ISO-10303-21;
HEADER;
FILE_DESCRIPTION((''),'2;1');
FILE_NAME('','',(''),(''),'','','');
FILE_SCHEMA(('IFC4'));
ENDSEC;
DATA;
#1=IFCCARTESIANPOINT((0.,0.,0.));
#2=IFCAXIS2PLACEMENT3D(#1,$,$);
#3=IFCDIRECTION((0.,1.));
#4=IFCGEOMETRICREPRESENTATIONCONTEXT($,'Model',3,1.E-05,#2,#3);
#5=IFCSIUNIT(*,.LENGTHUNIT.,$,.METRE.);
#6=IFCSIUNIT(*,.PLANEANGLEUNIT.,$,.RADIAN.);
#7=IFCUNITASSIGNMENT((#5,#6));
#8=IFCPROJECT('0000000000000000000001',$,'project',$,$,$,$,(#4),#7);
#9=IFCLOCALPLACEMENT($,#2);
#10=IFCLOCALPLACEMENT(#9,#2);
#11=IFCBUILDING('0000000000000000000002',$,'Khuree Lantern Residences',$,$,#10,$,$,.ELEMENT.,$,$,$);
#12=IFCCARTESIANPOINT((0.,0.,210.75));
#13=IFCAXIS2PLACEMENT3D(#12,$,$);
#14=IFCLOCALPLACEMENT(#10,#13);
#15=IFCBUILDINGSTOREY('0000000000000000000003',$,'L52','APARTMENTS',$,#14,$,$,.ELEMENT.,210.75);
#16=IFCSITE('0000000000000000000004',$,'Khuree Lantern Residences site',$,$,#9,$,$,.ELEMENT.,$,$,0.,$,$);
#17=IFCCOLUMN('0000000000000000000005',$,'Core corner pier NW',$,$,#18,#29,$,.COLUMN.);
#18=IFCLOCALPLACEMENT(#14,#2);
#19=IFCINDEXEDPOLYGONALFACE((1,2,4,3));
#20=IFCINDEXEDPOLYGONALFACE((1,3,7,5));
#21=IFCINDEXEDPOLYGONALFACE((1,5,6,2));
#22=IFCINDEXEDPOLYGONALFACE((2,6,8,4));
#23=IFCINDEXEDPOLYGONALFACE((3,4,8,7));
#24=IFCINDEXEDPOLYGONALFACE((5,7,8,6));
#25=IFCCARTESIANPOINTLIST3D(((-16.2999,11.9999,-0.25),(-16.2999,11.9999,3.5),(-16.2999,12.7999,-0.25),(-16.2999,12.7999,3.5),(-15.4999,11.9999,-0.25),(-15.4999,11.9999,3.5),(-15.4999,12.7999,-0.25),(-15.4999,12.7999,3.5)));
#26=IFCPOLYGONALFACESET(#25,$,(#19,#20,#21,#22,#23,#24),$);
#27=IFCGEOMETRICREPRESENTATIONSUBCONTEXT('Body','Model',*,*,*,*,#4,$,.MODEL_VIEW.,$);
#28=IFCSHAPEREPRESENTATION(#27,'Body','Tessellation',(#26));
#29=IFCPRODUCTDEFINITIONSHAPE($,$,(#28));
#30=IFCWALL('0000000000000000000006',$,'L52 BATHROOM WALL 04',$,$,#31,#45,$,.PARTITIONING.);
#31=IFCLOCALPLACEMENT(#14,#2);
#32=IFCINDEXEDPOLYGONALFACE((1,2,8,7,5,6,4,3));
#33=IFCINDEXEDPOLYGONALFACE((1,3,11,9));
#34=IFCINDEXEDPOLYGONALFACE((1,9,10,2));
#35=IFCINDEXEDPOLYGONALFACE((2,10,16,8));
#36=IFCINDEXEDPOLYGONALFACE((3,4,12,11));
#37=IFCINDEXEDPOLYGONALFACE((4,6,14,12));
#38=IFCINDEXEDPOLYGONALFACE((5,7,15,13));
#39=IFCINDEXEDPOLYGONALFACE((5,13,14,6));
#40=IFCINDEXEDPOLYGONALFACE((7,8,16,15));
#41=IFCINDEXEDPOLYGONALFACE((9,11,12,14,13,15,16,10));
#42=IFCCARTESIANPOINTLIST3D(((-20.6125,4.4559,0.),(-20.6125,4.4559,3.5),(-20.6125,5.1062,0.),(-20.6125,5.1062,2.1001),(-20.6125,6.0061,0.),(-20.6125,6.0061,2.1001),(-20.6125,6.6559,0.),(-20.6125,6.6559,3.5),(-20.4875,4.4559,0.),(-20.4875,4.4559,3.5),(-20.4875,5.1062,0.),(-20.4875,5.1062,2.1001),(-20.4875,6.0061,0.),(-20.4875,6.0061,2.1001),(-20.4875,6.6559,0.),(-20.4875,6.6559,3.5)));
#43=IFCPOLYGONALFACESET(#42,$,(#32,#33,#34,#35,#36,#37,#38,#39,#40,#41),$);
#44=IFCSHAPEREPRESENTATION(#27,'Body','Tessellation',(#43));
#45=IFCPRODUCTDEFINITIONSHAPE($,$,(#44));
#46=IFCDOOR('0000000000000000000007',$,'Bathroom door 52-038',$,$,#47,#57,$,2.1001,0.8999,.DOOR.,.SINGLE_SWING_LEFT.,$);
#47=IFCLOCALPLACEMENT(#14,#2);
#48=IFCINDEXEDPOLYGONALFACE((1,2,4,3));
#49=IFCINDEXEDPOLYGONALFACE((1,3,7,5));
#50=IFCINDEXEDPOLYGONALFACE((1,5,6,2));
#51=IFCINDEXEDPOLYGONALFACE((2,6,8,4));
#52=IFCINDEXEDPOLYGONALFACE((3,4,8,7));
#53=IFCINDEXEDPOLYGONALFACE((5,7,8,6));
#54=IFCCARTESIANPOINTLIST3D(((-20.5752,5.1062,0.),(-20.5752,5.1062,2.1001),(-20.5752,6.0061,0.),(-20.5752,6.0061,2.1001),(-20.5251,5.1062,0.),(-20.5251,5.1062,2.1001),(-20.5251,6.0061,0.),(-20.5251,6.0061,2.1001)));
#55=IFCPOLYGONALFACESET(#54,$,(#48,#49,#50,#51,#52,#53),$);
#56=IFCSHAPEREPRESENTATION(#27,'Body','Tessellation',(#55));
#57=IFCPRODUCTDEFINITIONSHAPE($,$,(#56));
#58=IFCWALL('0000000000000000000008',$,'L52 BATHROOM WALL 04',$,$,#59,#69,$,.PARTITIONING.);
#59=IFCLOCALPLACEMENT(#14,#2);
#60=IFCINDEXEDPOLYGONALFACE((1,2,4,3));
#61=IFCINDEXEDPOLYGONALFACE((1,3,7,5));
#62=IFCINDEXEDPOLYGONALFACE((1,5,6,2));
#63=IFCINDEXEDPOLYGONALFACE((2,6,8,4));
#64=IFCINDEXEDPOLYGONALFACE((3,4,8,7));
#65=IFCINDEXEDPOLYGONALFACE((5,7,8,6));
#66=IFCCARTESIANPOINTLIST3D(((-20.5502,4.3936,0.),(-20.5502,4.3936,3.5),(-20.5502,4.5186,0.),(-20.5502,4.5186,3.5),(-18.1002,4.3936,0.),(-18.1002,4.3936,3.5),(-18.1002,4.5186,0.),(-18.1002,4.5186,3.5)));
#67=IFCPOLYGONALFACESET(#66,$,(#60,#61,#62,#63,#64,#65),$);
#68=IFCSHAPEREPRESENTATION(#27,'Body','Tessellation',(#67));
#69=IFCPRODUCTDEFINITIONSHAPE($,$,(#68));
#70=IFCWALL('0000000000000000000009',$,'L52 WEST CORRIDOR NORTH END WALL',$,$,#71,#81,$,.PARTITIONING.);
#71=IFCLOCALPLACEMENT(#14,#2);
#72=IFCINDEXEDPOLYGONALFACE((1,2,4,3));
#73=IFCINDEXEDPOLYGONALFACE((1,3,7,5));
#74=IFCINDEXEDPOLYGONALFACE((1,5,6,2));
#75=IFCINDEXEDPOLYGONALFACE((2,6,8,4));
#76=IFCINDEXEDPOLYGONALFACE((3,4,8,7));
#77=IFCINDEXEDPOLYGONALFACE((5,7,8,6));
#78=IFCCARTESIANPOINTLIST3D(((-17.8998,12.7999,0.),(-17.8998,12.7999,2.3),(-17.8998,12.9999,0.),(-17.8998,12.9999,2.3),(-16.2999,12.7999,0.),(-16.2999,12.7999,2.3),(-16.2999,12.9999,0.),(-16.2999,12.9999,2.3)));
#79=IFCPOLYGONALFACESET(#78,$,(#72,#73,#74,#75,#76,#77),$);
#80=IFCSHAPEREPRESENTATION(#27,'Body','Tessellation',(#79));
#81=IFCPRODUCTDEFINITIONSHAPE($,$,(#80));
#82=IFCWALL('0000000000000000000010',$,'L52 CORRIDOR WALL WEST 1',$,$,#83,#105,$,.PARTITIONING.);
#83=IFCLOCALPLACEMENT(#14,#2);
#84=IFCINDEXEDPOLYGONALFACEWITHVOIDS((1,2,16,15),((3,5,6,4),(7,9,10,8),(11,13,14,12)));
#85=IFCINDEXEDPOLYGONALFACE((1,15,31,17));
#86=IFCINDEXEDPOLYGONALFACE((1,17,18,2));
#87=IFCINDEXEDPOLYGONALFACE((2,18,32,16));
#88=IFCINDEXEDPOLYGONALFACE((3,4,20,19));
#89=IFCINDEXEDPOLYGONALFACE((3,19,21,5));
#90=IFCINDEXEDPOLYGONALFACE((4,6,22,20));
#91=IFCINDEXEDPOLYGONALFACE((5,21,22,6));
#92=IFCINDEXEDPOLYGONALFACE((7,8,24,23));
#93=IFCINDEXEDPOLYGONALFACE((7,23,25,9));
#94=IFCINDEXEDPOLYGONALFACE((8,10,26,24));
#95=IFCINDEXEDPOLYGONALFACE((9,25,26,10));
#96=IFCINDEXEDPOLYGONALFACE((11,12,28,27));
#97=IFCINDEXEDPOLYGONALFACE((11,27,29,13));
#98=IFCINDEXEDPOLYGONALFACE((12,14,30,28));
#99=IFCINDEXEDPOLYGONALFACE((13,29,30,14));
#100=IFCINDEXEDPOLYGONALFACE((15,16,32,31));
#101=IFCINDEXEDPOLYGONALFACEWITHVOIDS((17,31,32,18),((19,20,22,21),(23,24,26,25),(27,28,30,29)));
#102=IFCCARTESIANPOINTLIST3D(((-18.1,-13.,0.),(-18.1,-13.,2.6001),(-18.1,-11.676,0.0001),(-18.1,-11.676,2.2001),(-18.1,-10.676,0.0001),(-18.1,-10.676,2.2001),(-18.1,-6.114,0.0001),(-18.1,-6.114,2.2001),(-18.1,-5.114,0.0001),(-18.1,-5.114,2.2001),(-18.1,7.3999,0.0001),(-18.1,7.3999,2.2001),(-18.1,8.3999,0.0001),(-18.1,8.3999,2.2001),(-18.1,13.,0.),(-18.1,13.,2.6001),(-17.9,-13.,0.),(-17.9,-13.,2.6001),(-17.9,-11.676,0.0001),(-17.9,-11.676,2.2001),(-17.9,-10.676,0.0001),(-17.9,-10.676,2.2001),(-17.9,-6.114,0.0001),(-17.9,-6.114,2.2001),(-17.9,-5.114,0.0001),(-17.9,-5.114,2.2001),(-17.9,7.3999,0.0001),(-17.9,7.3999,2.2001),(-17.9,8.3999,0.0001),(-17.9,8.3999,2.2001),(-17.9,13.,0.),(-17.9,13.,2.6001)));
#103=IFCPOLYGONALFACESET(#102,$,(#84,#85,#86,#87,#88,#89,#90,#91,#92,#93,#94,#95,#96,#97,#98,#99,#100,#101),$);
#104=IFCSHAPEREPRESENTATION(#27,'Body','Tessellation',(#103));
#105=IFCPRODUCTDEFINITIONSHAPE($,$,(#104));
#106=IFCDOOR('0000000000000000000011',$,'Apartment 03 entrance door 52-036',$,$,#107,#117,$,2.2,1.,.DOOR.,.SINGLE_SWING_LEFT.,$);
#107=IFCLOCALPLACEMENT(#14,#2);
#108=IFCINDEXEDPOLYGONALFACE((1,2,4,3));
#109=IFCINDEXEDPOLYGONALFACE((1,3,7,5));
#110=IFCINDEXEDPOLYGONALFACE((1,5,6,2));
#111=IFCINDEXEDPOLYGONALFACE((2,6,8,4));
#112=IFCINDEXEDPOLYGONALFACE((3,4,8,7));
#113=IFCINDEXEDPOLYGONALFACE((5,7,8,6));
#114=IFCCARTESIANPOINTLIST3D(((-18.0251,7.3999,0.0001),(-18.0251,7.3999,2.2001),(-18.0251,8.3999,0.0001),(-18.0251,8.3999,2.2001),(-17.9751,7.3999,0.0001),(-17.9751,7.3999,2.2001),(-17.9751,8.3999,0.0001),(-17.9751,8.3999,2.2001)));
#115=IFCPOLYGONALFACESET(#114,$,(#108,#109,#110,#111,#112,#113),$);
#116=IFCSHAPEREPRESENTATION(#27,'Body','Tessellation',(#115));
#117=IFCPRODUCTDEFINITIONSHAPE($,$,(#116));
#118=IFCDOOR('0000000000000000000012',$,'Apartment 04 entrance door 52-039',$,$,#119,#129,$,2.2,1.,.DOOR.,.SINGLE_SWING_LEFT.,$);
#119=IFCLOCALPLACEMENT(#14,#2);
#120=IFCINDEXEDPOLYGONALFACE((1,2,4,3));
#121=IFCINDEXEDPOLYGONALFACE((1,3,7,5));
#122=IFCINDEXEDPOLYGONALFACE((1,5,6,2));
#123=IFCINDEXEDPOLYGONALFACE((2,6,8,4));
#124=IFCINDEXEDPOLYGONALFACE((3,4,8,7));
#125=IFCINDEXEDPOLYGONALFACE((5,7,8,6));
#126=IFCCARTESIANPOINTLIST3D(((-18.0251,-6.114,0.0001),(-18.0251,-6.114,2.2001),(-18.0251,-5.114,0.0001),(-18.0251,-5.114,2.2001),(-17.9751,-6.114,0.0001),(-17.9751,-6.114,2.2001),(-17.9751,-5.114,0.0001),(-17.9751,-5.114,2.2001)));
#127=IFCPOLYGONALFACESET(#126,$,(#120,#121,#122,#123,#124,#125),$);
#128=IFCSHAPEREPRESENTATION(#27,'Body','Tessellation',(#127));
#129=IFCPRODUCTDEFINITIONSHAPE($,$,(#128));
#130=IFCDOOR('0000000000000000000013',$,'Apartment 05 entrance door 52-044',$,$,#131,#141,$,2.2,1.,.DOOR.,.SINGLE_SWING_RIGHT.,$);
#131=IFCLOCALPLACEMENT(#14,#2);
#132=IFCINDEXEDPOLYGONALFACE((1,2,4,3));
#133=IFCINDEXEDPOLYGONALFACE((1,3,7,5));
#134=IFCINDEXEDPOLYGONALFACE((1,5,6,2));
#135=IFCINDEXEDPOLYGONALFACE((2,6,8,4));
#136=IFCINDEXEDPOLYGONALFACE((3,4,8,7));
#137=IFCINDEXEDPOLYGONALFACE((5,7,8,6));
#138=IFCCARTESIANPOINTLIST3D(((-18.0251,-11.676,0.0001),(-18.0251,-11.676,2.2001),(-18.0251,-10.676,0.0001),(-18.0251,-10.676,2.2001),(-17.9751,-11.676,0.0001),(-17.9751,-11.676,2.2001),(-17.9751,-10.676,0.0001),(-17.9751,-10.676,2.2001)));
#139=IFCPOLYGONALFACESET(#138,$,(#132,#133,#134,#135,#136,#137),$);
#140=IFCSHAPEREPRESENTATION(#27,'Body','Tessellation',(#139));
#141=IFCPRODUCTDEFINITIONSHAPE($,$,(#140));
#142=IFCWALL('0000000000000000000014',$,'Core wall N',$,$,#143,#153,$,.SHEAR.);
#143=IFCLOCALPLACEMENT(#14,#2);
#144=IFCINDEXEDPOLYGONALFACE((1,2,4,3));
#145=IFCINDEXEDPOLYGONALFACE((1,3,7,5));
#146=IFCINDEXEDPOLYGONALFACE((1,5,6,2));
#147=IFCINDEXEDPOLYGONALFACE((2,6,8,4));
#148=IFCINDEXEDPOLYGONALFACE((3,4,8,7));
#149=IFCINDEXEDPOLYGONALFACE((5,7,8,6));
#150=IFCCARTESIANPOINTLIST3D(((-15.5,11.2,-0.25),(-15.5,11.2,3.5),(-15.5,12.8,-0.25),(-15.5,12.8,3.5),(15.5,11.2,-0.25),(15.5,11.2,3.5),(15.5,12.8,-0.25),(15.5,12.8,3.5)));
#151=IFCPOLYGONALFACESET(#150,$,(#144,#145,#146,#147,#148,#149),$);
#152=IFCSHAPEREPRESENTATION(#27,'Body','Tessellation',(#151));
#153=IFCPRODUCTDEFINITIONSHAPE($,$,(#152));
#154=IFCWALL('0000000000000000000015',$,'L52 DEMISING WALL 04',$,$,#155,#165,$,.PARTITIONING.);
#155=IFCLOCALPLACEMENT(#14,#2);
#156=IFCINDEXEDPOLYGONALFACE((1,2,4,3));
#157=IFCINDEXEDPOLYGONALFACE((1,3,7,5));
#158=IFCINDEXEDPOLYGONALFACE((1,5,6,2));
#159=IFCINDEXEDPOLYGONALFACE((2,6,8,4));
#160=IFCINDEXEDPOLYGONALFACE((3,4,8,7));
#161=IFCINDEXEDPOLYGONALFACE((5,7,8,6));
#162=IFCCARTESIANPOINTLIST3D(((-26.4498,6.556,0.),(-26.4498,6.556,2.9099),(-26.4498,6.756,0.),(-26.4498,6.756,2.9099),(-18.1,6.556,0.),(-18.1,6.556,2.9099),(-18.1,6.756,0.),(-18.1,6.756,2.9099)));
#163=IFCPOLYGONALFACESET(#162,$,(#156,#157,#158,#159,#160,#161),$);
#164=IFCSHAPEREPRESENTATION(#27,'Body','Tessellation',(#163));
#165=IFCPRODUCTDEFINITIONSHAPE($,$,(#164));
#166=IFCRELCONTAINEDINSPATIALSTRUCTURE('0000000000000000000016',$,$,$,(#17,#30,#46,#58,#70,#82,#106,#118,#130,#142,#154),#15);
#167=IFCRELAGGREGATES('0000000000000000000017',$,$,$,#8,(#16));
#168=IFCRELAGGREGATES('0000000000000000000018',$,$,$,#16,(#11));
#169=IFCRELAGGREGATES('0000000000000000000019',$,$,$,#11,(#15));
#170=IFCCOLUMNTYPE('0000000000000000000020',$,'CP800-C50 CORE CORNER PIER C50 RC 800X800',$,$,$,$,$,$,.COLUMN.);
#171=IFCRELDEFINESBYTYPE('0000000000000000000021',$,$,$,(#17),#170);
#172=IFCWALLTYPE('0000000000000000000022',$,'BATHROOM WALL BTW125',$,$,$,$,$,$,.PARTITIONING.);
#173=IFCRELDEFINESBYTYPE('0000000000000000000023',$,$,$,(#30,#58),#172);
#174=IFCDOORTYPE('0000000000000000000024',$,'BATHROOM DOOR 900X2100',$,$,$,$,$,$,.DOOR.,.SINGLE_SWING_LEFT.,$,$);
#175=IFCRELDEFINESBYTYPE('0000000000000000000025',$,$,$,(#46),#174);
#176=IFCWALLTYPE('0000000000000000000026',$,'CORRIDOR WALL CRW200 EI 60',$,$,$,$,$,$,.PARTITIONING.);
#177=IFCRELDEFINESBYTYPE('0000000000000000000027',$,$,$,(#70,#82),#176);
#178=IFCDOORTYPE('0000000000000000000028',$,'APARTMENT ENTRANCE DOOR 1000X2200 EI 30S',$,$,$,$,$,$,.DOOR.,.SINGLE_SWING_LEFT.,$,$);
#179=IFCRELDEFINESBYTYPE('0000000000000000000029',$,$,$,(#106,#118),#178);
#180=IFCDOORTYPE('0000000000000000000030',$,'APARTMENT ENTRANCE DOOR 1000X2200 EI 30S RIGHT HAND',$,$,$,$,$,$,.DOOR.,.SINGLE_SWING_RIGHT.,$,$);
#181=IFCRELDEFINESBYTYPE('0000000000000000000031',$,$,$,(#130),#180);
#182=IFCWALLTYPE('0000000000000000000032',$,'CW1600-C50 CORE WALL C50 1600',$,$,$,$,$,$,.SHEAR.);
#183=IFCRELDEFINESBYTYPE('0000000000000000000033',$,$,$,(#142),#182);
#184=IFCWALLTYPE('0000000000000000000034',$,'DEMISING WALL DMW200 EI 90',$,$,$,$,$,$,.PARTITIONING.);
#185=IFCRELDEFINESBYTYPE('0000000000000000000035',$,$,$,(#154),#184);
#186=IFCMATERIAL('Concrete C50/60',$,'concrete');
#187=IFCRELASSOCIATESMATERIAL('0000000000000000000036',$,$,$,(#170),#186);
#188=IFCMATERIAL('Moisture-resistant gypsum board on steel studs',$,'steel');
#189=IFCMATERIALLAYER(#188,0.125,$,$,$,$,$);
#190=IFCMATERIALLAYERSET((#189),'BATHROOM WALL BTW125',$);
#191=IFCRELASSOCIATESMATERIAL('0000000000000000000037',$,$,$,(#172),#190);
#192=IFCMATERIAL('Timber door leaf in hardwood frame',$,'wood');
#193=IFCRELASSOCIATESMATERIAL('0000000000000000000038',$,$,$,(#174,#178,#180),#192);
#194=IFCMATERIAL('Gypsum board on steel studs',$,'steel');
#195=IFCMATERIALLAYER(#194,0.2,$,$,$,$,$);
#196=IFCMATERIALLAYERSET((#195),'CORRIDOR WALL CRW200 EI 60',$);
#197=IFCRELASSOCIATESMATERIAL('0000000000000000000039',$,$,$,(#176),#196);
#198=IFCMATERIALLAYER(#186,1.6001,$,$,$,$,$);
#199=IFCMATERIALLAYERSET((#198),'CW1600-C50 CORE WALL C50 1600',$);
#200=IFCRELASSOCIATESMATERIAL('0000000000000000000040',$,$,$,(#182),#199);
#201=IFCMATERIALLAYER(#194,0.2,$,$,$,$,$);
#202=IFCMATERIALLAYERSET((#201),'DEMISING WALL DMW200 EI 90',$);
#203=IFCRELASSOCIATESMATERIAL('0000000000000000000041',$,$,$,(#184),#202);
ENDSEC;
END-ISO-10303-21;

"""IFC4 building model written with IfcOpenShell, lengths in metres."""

from ifc_helpers import new_model, si_unit, direction, frame, frame_2d, origin, origin_2d, place, context, subcontext, project, spatial, rectangle, extrude, material, layer, layer_set, material_profile, profile_set, type_object, element, fill, save


model = new_model("IFC4")

# Units and contexts
model_context = context("Model", 3, precision=1e-05, world=origin(), true_north=direction((0.0, 1.0)))
body_context = subcontext(model_context, "Body", "Model", "MODEL_VIEW")
ifc_project = project(units=[si_unit("LENGTHUNIT", "METRE"), si_unit("PLANEANGLEUNIT", "RADIAN")], contexts=[model_context])

# Site, building, storey
site_placement = place(None, origin())
site = spatial("IfcSite", under=ifc_project, at=site_placement, Name="Khuree Lantern Residences site", CompositionType="ELEMENT", RefElevation=0.0)
building_placement = place(site_placement, origin())
building = spatial("IfcBuilding", under=site, at=building_placement, Name="Khuree Lantern Residences", CompositionType="ELEMENT")
storey_placement = place(building_placement, frame((0.0, 0.0, 210.75)))
storey = spatial("IfcBuildingStorey", under=building, at=storey_placement, Name="L52", Description="APARTMENTS", CompositionType="ELEMENT", Elevation=210.75)

# Column
ifc_material_1 = material(Name="Concrete C50/60", Category="concrete")
ifc_material_profile = material_profile(ifc_material_1, rectangle(XDim=0.8, YDim=0.8, at=origin_2d()), Name="RC 800X800")
ifc_profile_set = profile_set([ifc_material_profile], Name="Concrete C50/60")
column_type = type_object("IfcColumnType", Name="CP800-C50 CORE CORNER PIER C50 RC 800X800", PredefinedType="COLUMN", material=ifc_profile_set)
column_placement = place(storey_placement, frame((-15.8999, 12.3999, -0.25), z_axis=(0.0, 0.0, 1.0), x_axis=(1.0, 0.0, 0.0)))
element("IfcColumn", 1, at=column_placement, inside=storey, type_object=column_type, Name="Core corner pier NW", PredefinedType="COLUMN", context=body_context, shape_type="SweptSolid", body=[
    extrude(rectangle(XDim=0.8, YDim=0.8, at=origin_2d()), origin(), (0.0, 0.0, 1.0), 3.75),
])

# Wall, opening, door
ifc_material_2 = material(Name="Moisture-resistant gypsum board on steel studs", Category="steel")
ifc_layer_1 = layer(ifc_material_2, 0.125)
ifc_layer_set_1 = layer_set([ifc_layer_1], Name="BATHROOM WALL BTW125")
wall_type_1 = type_object("IfcWallType", Name="BATHROOM WALL BTW125", PredefinedType="PARTITIONING", material=ifc_layer_set_1)
wall_1_placement = place(storey_placement, frame((-20.55, 6.656, 0.0), z_axis=(0.0, 0.0, 1.0), x_axis=(0.0, -1.0, 0.0)))
wall_1 = element("IfcWall", 2, at=wall_1_placement, inside=storey, type_object=wall_type_1, Name="L52 BATHROOM WALL 04", PredefinedType="PARTITIONING", context=body_context, shape_type="SweptSolid", body=[
    extrude(rectangle(XDim=2.2, YDim=0.125, at=frame_2d((1.1001, 0.0))), origin(), (0.0, 0.0, 1.0), 3.5),
])
opening_1_placement = place(wall_1_placement, frame((0.6499, 0.0, 0.0)))
opening_1 = element("IfcOpeningElement", 3, at=opening_1_placement, cuts=wall_1, PredefinedType="OPENING", context=body_context, shape_type="SweptSolid", body=[
    extrude(rectangle(XDim=0.8999, YDim=2.1001, at=frame_2d((0.45, 1.05))), frame((0.0, 0.0725, 0.0), z_axis=(0.0, -1.0, 0.0), x_axis=(1.0, 0.0, 0.0)), (0.0, 0.0, 1.0), 0.145),
])
ifc_material_3 = material(Name="Timber door leaf in hardwood frame", Category="wood")
door_type_1 = type_object("IfcDoorType", Name="BATHROOM DOOR 900X2100", OperationType="SINGLE_SWING_LEFT", PredefinedType="DOOR", material=ifc_material_3)
door_1_placement = place(opening_1_placement, origin())
door_1 = element("IfcDoor", 4, at=door_1_placement, inside=storey, type_object=door_type_1, Name="Bathroom door 52-038", OperationType="SINGLE_SWING_LEFT", OverallHeight=2.1001, OverallWidth=0.8999, PredefinedType="DOOR", context=body_context, shape_type="SweptSolid", body=[
    extrude(rectangle(XDim=0.8999, YDim=2.1001, at=frame_2d((0.45, 1.05))), frame((0.0, 0.0249, 0.0), z_axis=(0.0, -1.0, 0.0), x_axis=(1.0, 0.0, 0.0)), (0.0, 0.0, 1.0), 0.05),
])
fill(opening_1, door_1)

# Walls
wall_2_placement = place(storey_placement, frame((-18.1001, 4.4561, 0.0), z_axis=(0.0, 0.0, 1.0), x_axis=(-1.0, 0.0, 0.0)))
element("IfcWall", 5, at=wall_2_placement, inside=storey, type_object=wall_type_1, Name="L52 BATHROOM WALL 04", PredefinedType="PARTITIONING", context=body_context, shape_type="SweptSolid", body=[
    extrude(rectangle(XDim=2.45, YDim=0.125, at=frame_2d((1.2251, 0.0))), origin(), (0.0, 0.0, 1.0), 3.5),
])
ifc_material_4 = material(Name="Gypsum board on steel studs", Category="steel")
ifc_layer_2 = layer(ifc_material_4, 0.2)
ifc_layer_set_2 = layer_set([ifc_layer_2], Name="CORRIDOR WALL CRW200 EI 60")
wall_type_2 = type_object("IfcWallType", Name="CORRIDOR WALL CRW200 EI 60", PredefinedType="PARTITIONING", material=ifc_layer_set_2)
wall_3_placement = place(storey_placement, frame((-16.3, 12.8999, 0.0), z_axis=(0.0, 0.0, 1.0), x_axis=(-1.0, 0.0, 0.0)))
element("IfcWall", 6, at=wall_3_placement, inside=storey, type_object=wall_type_2, Name="L52 WEST CORRIDOR NORTH END WALL", PredefinedType="PARTITIONING", context=body_context, shape_type="SweptSolid", body=[
    extrude(rectangle(XDim=1.5999, YDim=0.2, at=frame_2d((0.7998, 0.0))), origin(), (0.0, 0.0, 1.0), 2.3),
])

# Wall, openings, doors
wall_4_placement = place(storey_placement, frame((-18.0, 13.0, 0.0), z_axis=(0.0, 0.0, 1.0), x_axis=(0.0, -1.0, 0.0)))
wall_4 = element("IfcWall", 7, at=wall_4_placement, inside=storey, type_object=wall_type_2, Name="L52 CORRIDOR WALL WEST 1", PredefinedType="PARTITIONING", context=body_context, shape_type="SweptSolid", body=[
    extrude(rectangle(XDim=26.0, YDim=0.2, at=frame_2d((13.0, 0.0))), origin(), (0.0, 0.0, 1.0), 2.6001),
])
opening_2_placement = place(wall_4_placement, frame((4.6001, 0.0, 0.0)))
opening_2 = element("IfcOpeningElement", 8, at=opening_2_placement, cuts=wall_4, PredefinedType="OPENING", context=body_context, shape_type="SweptSolid", body=[
    extrude(rectangle(XDim=1.0, YDim=2.2, at=frame_2d((0.5, 1.1001))), frame((0.0, 0.1099, 0.0), z_axis=(0.0, -1.0, 0.0), x_axis=(1.0, 0.0, 0.0)), (0.0, 0.0, 1.0), 0.22),
])
opening_3_placement = place(wall_4_placement, frame((18.114, 0.0, 0.0)))
opening_3 = element("IfcOpeningElement", 9, at=opening_3_placement, cuts=wall_4, PredefinedType="OPENING", context=body_context, shape_type="SweptSolid", body=[
    extrude(rectangle(XDim=1.0, YDim=2.2, at=frame_2d((0.5, 1.1001))), frame((0.0, 0.1099, 0.0), z_axis=(0.0, -1.0, 0.0), x_axis=(1.0, 0.0, 0.0)), (0.0, 0.0, 1.0), 0.22),
])
opening_4_placement = place(wall_4_placement, frame((23.676, 0.0, 0.0)))
opening_4 = element("IfcOpeningElement", 10, at=opening_4_placement, cuts=wall_4, PredefinedType="OPENING", context=body_context, shape_type="SweptSolid", body=[
    extrude(rectangle(XDim=1.0, YDim=2.2, at=frame_2d((0.5, 1.1001))), frame((0.0, 0.1099, 0.0), z_axis=(0.0, -1.0, 0.0), x_axis=(1.0, 0.0, 0.0)), (0.0, 0.0, 1.0), 0.22),
])
door_type_2 = type_object("IfcDoorType", Name="APARTMENT ENTRANCE DOOR 1000X2200 EI 30S", OperationType="SINGLE_SWING_LEFT", PredefinedType="DOOR", material=ifc_material_3)
door_2_placement = place(opening_2_placement, origin())
door_2 = element("IfcDoor", 11, at=door_2_placement, inside=storey, type_object=door_type_2, Name="Apartment 03 entrance door 52-036", OperationType="SINGLE_SWING_LEFT", OverallHeight=2.2, OverallWidth=1.0, PredefinedType="DOOR", context=body_context, shape_type="SweptSolid", body=[
    extrude(rectangle(XDim=1.0, YDim=2.2, at=frame_2d((0.5, 1.1001))), frame((0.0, 0.0249, 0.0), z_axis=(0.0, -1.0, 0.0), x_axis=(1.0, 0.0, 0.0)), (0.0, 0.0, 1.0), 0.05),
])
fill(opening_2, door_2)
door_3_placement = place(opening_3_placement, origin())
door_3 = element("IfcDoor", 12, at=door_3_placement, inside=storey, type_object=door_type_2, Name="Apartment 04 entrance door 52-039", OperationType="SINGLE_SWING_LEFT", OverallHeight=2.2, OverallWidth=1.0, PredefinedType="DOOR", context=body_context, shape_type="SweptSolid", body=[
    extrude(rectangle(XDim=1.0, YDim=2.2, at=frame_2d((0.5, 1.1001))), frame((0.0, 0.0249, 0.0), z_axis=(0.0, -1.0, 0.0), x_axis=(1.0, 0.0, 0.0)), (0.0, 0.0, 1.0), 0.05),
])
fill(opening_3, door_3)
door_type_3 = type_object("IfcDoorType", Name="APARTMENT ENTRANCE DOOR 1000X2200 EI 30S RIGHT HAND", OperationType="SINGLE_SWING_RIGHT", PredefinedType="DOOR", material=ifc_material_3)
door_4_placement = place(opening_4_placement, origin())
door_4 = element("IfcDoor", 13, at=door_4_placement, inside=storey, type_object=door_type_3, Name="Apartment 05 entrance door 52-044", OperationType="SINGLE_SWING_RIGHT", OverallHeight=2.2, OverallWidth=1.0, PredefinedType="DOOR", context=body_context, shape_type="SweptSolid", body=[
    extrude(rectangle(XDim=1.0, YDim=2.2, at=frame_2d((0.5, 1.1001))), frame((0.0, 0.0249, 0.0), z_axis=(0.0, -1.0, 0.0), x_axis=(1.0, 0.0, 0.0)), (0.0, 0.0, 1.0), 0.05),
])
fill(opening_4, door_4)

# Walls
ifc_layer_3 = layer(ifc_material_1, 1.6001)
ifc_layer_set_3 = layer_set([ifc_layer_3], Name="CW1600-C50 CORE WALL C50 1600")
wall_type_3 = type_object("IfcWallType", Name="CW1600-C50 CORE WALL C50 1600", PredefinedType="SHEAR", material=ifc_layer_set_3)
wall_5_placement = place(storey_placement, frame((-15.5, 12.0, -0.25), z_axis=(0.0, 0.0, 1.0), x_axis=(1.0, 0.0, 0.0)))
element("IfcWall", 14, at=wall_5_placement, inside=storey, type_object=wall_type_3, Name="Core wall N", PredefinedType="SHEAR", context=body_context, shape_type="SweptSolid", body=[
    extrude(rectangle(XDim=31.0, YDim=1.6001, at=frame_2d((15.5, 0.0))), origin(), (0.0, 0.0, 1.0), 3.75),
])
ifc_layer_4 = layer(ifc_material_4, 0.2)
ifc_layer_set_4 = layer_set([ifc_layer_4], Name="DEMISING WALL DMW200 EI 90")
wall_type_4 = type_object("IfcWallType", Name="DEMISING WALL DMW200 EI 90", PredefinedType="PARTITIONING", material=ifc_layer_set_4)
wall_6_placement = place(storey_placement, frame((-18.1001, 6.656, 0.0), z_axis=(0.0, 0.0, 1.0), x_axis=(-1.0, 0.0, 0.0)))
element("IfcWall", 15, at=wall_6_placement, inside=storey, type_object=wall_type_4, Name="L52 DEMISING WALL 04", PredefinedType="PARTITIONING", context=body_context, shape_type="SweptSolid", body=[
    extrude(rectangle(XDim=8.3499, YDim=0.2, at=frame_2d((4.1748, 0.0))), origin(), (0.0, 0.0, 1.0), 2.9099),
])

save(model, "model.ifc")
